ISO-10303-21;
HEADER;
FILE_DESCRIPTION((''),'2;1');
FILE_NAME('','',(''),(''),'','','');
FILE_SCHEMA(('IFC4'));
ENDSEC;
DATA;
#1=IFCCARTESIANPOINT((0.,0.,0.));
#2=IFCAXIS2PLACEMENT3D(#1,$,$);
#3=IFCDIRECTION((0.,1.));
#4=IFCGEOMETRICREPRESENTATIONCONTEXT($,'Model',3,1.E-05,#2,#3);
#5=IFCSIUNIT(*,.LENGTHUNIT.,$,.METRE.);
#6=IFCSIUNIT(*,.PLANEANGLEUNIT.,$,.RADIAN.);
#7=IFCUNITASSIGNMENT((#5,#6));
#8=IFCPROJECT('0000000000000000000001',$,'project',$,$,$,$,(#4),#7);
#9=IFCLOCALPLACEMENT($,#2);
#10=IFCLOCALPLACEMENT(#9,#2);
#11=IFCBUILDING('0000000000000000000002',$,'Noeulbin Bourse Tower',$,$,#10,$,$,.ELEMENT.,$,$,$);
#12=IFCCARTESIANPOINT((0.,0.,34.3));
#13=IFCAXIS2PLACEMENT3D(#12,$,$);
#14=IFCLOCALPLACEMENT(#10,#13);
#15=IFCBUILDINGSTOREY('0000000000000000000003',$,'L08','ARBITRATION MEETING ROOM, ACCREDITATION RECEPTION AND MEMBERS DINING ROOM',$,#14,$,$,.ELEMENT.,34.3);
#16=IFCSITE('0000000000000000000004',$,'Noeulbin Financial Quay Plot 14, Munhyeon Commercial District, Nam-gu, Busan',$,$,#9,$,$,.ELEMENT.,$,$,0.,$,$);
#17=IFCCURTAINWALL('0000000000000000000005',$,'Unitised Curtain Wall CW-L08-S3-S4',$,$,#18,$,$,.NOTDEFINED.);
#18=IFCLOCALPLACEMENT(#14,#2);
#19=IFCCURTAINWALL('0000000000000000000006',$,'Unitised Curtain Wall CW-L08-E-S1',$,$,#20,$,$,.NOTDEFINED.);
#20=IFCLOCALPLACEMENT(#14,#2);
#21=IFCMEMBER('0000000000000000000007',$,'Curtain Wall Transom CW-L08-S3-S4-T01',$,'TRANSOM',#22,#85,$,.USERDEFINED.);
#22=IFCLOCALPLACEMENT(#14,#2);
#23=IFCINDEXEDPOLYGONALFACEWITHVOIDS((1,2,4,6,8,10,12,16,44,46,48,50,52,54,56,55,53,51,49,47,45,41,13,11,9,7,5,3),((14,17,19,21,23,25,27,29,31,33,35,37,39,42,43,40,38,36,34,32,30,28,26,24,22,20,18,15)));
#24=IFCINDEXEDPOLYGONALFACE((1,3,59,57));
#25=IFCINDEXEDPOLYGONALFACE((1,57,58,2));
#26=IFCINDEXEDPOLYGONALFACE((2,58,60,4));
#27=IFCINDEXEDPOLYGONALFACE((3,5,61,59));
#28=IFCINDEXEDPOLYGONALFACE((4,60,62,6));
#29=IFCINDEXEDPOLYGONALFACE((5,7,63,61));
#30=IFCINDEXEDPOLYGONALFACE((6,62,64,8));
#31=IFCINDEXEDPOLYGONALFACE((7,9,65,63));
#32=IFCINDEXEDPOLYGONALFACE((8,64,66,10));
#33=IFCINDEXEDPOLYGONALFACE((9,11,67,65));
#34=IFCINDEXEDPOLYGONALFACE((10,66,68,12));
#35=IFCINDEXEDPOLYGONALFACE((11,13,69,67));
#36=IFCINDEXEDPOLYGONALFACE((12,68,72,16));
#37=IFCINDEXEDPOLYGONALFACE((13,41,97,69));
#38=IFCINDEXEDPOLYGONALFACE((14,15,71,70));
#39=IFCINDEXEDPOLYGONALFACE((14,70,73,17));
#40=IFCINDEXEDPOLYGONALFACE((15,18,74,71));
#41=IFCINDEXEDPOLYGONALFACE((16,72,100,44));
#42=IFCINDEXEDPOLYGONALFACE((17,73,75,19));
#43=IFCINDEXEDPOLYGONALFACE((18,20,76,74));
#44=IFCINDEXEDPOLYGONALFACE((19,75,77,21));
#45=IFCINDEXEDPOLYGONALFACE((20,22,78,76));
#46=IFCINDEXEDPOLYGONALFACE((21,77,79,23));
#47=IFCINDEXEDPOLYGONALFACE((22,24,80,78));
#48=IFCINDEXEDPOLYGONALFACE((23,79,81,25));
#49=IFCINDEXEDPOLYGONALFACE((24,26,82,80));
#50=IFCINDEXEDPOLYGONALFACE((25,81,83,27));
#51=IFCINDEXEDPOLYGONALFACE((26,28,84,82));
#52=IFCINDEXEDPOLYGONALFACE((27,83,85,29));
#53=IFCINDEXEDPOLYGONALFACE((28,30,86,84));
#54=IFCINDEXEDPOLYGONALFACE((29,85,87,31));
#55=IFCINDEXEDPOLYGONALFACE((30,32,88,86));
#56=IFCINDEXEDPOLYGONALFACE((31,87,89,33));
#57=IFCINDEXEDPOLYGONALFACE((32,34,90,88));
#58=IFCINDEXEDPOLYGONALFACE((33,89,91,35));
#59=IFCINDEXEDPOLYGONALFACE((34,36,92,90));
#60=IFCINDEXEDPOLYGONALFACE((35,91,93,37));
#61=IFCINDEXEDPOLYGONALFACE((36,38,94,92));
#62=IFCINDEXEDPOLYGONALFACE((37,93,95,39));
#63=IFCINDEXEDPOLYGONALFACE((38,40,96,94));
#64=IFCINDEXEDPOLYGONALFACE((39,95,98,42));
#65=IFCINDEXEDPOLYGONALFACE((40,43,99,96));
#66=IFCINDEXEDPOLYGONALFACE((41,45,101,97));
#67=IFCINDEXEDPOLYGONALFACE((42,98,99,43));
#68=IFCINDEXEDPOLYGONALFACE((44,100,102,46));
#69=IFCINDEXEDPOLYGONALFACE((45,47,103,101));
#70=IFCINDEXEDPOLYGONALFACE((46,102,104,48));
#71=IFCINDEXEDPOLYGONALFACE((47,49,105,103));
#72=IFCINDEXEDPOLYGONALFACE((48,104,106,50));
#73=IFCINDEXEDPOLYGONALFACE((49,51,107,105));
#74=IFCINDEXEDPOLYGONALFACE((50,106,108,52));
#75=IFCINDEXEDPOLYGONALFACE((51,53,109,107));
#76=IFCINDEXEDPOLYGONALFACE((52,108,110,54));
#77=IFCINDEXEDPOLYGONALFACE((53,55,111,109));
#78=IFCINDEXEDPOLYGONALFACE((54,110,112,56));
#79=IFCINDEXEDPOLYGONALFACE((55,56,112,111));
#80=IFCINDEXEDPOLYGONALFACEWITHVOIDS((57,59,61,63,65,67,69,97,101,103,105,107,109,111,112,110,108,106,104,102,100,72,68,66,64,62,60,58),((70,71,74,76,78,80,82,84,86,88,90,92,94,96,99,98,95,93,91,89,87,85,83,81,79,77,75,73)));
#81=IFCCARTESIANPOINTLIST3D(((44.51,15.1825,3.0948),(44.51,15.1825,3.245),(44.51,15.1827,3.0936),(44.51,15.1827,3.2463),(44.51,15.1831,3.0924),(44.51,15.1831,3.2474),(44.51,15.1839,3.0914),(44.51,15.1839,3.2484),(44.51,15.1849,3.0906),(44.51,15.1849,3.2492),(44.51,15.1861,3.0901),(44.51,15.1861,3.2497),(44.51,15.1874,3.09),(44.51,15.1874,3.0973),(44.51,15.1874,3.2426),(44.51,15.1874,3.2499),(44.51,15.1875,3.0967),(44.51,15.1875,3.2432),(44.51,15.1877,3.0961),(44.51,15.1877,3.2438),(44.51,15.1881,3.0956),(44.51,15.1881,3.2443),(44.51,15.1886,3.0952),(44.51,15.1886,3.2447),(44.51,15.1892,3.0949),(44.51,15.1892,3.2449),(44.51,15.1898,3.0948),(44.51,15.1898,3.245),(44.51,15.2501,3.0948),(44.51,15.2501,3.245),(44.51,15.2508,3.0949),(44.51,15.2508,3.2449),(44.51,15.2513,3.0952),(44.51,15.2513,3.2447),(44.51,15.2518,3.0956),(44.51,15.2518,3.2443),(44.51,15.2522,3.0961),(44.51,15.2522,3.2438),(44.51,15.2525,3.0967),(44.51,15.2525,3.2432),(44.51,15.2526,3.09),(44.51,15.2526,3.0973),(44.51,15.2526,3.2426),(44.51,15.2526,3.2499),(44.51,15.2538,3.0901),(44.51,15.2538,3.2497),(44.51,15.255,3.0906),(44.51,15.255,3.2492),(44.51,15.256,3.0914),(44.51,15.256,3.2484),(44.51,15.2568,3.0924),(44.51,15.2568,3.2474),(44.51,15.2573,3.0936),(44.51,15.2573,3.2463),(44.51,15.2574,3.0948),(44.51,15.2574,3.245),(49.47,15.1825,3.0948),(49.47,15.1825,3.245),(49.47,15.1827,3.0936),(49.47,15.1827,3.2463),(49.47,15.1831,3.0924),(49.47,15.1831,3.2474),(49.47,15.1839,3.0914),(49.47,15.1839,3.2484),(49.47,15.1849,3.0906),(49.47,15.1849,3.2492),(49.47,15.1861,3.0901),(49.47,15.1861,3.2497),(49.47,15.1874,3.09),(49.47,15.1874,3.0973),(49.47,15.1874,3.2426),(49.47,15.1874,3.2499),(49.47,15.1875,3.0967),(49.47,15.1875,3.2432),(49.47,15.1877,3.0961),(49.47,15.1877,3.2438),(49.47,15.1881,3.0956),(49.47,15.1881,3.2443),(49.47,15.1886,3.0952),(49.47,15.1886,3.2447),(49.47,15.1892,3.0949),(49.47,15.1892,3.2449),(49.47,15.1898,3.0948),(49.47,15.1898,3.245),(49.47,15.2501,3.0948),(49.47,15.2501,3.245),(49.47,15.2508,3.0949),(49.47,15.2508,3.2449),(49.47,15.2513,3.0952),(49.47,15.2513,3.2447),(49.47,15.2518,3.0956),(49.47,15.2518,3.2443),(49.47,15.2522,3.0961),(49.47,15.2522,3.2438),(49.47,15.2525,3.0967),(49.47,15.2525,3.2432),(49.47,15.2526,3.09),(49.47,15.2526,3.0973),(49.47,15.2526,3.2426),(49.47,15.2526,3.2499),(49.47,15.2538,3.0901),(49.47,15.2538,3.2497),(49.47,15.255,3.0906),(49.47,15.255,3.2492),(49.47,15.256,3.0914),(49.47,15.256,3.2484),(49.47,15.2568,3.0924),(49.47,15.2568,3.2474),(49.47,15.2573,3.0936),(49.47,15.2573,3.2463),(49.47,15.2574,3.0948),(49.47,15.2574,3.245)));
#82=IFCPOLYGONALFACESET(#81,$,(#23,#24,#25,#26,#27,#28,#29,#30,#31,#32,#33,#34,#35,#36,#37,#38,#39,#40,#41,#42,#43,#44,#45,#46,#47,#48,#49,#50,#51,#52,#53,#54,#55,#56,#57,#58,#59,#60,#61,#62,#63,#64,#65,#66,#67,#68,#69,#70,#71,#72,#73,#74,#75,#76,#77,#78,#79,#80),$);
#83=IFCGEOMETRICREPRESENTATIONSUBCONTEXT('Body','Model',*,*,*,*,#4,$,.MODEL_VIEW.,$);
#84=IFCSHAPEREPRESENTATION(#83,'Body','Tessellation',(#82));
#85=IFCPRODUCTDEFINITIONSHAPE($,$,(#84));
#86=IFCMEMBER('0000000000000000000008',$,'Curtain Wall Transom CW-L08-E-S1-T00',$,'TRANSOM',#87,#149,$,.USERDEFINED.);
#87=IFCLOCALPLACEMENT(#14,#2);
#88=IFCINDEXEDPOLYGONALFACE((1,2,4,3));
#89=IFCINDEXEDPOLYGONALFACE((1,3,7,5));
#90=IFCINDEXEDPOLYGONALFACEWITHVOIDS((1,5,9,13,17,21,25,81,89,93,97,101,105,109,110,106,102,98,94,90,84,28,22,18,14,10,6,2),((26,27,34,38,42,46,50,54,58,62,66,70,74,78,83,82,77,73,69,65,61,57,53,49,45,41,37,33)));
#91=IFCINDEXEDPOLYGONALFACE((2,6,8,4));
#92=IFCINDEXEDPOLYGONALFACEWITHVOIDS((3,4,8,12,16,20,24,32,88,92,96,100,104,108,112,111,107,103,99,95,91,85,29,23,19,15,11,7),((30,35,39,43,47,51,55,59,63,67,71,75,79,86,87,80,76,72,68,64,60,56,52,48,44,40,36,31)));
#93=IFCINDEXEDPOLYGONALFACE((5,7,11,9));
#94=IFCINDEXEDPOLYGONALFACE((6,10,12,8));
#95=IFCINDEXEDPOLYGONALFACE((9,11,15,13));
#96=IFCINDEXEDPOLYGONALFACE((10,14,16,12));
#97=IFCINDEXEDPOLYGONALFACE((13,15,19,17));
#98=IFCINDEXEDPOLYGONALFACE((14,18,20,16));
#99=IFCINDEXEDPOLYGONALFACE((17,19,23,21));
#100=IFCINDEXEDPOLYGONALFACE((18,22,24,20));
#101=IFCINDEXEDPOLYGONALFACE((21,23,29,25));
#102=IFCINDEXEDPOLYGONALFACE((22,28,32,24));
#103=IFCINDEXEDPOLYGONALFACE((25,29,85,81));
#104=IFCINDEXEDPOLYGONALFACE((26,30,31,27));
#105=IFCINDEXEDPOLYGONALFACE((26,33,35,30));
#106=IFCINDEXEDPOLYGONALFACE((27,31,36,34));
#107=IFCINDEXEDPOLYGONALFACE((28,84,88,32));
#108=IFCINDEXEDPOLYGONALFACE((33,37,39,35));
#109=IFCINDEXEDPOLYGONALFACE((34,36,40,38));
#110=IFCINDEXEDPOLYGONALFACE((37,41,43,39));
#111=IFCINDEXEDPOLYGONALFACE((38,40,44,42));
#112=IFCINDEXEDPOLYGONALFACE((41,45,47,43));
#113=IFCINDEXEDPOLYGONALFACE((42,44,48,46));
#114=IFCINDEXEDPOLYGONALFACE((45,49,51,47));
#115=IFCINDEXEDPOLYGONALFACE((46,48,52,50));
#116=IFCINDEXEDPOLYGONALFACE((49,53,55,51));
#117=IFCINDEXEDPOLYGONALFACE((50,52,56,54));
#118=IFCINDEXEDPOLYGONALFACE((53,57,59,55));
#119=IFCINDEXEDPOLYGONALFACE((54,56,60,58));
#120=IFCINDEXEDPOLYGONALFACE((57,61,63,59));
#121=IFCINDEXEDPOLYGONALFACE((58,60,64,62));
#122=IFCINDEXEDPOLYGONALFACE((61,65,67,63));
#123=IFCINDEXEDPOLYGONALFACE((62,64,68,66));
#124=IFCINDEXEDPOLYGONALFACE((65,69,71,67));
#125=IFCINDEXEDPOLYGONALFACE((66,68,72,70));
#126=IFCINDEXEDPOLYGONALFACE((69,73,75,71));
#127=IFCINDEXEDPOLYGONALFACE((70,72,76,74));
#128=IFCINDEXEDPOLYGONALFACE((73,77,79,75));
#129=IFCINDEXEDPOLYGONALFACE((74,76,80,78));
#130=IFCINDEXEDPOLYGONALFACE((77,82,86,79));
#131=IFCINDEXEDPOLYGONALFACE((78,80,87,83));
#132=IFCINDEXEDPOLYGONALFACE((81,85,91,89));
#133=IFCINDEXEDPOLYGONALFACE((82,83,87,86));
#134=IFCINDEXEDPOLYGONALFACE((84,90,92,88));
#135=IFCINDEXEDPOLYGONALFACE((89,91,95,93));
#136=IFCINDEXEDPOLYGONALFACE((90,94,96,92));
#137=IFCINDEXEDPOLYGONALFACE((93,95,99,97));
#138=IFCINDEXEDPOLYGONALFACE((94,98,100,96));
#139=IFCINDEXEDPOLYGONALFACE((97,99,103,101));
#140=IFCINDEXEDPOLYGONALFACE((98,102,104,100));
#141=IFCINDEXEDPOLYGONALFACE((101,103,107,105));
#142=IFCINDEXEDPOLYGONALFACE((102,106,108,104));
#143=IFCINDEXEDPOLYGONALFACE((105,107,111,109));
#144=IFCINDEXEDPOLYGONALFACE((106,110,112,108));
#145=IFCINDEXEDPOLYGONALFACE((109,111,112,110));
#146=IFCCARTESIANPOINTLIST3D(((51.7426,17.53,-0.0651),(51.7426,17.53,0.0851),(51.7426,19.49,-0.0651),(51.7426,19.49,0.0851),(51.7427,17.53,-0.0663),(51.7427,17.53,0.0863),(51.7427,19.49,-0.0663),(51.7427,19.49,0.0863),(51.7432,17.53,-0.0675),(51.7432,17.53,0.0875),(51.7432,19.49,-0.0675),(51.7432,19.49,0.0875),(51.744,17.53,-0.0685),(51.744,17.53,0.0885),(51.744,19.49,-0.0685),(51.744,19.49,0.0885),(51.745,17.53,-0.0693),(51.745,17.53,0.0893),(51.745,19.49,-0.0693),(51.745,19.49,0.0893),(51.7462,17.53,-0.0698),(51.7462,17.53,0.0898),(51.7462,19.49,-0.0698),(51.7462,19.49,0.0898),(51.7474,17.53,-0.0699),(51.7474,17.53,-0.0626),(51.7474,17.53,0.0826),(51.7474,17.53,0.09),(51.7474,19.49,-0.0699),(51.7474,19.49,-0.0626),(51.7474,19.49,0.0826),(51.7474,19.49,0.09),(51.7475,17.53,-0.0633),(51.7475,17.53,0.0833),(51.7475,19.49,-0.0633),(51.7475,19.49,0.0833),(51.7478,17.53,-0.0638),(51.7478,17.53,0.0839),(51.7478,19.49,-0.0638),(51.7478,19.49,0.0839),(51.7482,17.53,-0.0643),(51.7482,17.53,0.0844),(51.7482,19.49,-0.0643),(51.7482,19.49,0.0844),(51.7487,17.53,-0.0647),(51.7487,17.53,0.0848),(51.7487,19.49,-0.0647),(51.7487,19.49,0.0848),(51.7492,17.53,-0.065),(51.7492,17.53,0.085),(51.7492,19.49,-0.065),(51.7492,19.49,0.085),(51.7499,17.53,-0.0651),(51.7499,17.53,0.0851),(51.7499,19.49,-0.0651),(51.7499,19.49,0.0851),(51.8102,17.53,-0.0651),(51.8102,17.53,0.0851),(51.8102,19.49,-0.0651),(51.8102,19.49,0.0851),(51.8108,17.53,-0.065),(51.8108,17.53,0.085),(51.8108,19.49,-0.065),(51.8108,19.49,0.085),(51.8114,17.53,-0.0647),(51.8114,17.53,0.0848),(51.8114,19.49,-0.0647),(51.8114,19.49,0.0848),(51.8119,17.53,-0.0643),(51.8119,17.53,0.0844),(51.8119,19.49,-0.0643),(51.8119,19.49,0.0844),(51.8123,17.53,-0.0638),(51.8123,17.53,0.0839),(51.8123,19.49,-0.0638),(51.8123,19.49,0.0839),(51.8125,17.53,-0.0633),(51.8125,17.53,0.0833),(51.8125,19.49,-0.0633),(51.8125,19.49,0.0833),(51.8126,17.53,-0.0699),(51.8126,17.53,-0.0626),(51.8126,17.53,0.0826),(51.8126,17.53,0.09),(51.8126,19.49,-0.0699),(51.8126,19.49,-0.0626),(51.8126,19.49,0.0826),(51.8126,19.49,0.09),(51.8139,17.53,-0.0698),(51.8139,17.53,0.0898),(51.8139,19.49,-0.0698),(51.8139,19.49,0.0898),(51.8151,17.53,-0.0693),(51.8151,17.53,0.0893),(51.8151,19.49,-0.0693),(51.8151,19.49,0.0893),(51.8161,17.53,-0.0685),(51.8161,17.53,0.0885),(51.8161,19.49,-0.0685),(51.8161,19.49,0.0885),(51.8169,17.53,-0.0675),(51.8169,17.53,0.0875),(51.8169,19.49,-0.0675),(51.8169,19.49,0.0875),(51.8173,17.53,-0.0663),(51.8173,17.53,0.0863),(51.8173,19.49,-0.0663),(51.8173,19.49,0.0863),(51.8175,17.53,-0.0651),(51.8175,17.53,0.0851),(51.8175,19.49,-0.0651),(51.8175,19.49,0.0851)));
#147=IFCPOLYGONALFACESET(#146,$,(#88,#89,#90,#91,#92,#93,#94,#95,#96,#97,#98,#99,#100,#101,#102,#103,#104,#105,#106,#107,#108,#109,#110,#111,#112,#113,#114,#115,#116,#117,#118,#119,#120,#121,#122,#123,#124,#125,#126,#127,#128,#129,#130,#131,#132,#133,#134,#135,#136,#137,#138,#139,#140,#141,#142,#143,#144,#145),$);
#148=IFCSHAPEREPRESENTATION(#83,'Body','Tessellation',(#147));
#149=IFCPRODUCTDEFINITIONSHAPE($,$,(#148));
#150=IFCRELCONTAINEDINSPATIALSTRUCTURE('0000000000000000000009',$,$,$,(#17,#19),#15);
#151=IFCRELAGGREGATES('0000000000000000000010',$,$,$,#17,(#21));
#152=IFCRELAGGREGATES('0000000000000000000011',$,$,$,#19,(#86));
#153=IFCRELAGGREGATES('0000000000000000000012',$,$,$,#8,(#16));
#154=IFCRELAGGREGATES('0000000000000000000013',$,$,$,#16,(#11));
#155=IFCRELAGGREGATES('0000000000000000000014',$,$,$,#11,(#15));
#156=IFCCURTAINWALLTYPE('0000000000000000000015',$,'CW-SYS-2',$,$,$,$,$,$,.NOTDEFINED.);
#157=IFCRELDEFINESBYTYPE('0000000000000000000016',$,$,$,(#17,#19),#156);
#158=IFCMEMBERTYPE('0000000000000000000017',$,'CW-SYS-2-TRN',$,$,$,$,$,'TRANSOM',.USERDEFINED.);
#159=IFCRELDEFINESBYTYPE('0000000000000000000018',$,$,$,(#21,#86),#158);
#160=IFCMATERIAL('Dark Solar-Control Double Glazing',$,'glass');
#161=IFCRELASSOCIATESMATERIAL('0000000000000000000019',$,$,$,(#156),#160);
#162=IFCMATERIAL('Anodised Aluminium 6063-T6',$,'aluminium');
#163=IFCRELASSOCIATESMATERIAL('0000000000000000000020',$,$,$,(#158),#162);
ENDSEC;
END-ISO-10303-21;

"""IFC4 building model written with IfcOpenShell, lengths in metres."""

from ifc_helpers import new_model, si_unit, direction, frame, origin, origin_2d, place, context, subcontext, project, spatial, hollow_rectangle, extrude, material, material_profile, profile_set, type_object, element, aggregate, save


model = new_model("IFC4")

# Units and contexts
model_context = context("Model", 3, precision=1e-05, world=origin(), true_north=direction((0.0, 1.0)))
body_context = subcontext(model_context, "Body", "Model", "MODEL_VIEW")
ifc_project = project(units=[si_unit("LENGTHUNIT", "METRE"), si_unit("PLANEANGLEUNIT", "RADIAN")], contexts=[model_context])

# Site, building, storey
site_placement = place(None, origin())
site = spatial("IfcSite", under=ifc_project, at=site_placement, Name="Noeulbin Financial Quay Plot 14, Munhyeon Commercial District, Nam-gu, Busan", CompositionType="ELEMENT", RefElevation=0.0)
building_placement = place(site_placement, origin())
building = spatial("IfcBuilding", under=site, at=building_placement, Name="Noeulbin Bourse Tower", CompositionType="ELEMENT")
storey_placement = place(building_placement, frame((0.0, 0.0, 34.3)))
storey = spatial("IfcBuildingStorey", under=building, at=storey_placement, Name="L08", Description="ARBITRATION MEETING ROOM, ACCREDITATION RECEPTION AND MEMBERS DINING ROOM", CompositionType="ELEMENT", Elevation=34.3)

# Curtain walls
ifc_material_1 = material(Name="Dark Solar-Control Double Glazing", Category="glass")
curtain_wall_type = type_object("IfcCurtainWallType", Name="CW-SYS-2", PredefinedType="NOTDEFINED", material=ifc_material_1)
curtain_wall_1_placement = place(storey_placement, origin())
curtain_wall_1 = element("IfcCurtainWall", 1, at=curtain_wall_1_placement, inside=storey, type_object=curtain_wall_type, Name="Unitised Curtain Wall CW-L08-S3-S4", PredefinedType="NOTDEFINED")
ifc_material_2 = material(Name="Anodised Aluminium 6063-T6", Category="aluminium")
curtain_wall_2_placement = place(storey_placement, origin())
curtain_wall_2 = element("IfcCurtainWall", 2, at=curtain_wall_2_placement, inside=storey, type_object=curtain_wall_type, Name="Unitised Curtain Wall CW-L08-E-S1", PredefinedType="NOTDEFINED")

# Members
ifc_material_profile_1 = material_profile(ifc_material_2, hollow_rectangle(XDim=0.075, YDim=0.1599, WallThickness=0.0049, InnerFilletRadius=0.0024, OuterFilletRadius=0.0049, at=origin_2d()), Name="ALU-TRAN-75x160x5", Category="LoadBearing")
ifc_profile_set_1 = profile_set([ifc_material_profile_1], Name="Anodised Aluminium 6063-T6")
member_type_1 = type_object("IfcMemberType", Name="CW-SYS-2-TRN", ElementType="TRANSOM", PredefinedType="USERDEFINED", material=ifc_profile_set_1)
member_1_placement = place(storey_placement, frame((44.51, 15.22, 3.1699), z_axis=(1.0, 0.0, 0.0), x_axis=(0.0, 1.0, 0.0)))
member_1 = element("IfcMember", 3, at=member_1_placement, type_object=member_type_1, Name="Curtain Wall Transom CW-L08-S3-S4-T01", ObjectType="TRANSOM", PredefinedType="USERDEFINED", context=body_context, shape_type="SweptSolid", body=[
    extrude(hollow_rectangle(XDim=0.075, YDim=0.1599, WallThickness=0.0049, InnerFilletRadius=0.0024, OuterFilletRadius=0.0049, at=origin_2d()), origin(), (0.0, 0.0, 1.0), 4.96),
])
member_2_placement = place(storey_placement, frame((51.78, 17.53, 0.01), z_axis=(0.0, 1.0, 0.0), x_axis=(-1.0, 0.0, 0.0)))
member_2 = element("IfcMember", 4, at=member_2_placement, type_object=member_type_1, Name="Curtain Wall Transom CW-L08-E-S1-T00", ObjectType="TRANSOM", PredefinedType="USERDEFINED", context=body_context, shape_type="SweptSolid", body=[
    extrude(hollow_rectangle(XDim=0.075, YDim=0.1599, WallThickness=0.0049, InnerFilletRadius=0.0024, OuterFilletRadius=0.0049, at=origin_2d()), origin(), (0.0, 0.0, 1.0), 1.96),
])

aggregate(curtain_wall_1, [member_1])
aggregate(curtain_wall_2, [member_2])

save(model, "model.ifc")
